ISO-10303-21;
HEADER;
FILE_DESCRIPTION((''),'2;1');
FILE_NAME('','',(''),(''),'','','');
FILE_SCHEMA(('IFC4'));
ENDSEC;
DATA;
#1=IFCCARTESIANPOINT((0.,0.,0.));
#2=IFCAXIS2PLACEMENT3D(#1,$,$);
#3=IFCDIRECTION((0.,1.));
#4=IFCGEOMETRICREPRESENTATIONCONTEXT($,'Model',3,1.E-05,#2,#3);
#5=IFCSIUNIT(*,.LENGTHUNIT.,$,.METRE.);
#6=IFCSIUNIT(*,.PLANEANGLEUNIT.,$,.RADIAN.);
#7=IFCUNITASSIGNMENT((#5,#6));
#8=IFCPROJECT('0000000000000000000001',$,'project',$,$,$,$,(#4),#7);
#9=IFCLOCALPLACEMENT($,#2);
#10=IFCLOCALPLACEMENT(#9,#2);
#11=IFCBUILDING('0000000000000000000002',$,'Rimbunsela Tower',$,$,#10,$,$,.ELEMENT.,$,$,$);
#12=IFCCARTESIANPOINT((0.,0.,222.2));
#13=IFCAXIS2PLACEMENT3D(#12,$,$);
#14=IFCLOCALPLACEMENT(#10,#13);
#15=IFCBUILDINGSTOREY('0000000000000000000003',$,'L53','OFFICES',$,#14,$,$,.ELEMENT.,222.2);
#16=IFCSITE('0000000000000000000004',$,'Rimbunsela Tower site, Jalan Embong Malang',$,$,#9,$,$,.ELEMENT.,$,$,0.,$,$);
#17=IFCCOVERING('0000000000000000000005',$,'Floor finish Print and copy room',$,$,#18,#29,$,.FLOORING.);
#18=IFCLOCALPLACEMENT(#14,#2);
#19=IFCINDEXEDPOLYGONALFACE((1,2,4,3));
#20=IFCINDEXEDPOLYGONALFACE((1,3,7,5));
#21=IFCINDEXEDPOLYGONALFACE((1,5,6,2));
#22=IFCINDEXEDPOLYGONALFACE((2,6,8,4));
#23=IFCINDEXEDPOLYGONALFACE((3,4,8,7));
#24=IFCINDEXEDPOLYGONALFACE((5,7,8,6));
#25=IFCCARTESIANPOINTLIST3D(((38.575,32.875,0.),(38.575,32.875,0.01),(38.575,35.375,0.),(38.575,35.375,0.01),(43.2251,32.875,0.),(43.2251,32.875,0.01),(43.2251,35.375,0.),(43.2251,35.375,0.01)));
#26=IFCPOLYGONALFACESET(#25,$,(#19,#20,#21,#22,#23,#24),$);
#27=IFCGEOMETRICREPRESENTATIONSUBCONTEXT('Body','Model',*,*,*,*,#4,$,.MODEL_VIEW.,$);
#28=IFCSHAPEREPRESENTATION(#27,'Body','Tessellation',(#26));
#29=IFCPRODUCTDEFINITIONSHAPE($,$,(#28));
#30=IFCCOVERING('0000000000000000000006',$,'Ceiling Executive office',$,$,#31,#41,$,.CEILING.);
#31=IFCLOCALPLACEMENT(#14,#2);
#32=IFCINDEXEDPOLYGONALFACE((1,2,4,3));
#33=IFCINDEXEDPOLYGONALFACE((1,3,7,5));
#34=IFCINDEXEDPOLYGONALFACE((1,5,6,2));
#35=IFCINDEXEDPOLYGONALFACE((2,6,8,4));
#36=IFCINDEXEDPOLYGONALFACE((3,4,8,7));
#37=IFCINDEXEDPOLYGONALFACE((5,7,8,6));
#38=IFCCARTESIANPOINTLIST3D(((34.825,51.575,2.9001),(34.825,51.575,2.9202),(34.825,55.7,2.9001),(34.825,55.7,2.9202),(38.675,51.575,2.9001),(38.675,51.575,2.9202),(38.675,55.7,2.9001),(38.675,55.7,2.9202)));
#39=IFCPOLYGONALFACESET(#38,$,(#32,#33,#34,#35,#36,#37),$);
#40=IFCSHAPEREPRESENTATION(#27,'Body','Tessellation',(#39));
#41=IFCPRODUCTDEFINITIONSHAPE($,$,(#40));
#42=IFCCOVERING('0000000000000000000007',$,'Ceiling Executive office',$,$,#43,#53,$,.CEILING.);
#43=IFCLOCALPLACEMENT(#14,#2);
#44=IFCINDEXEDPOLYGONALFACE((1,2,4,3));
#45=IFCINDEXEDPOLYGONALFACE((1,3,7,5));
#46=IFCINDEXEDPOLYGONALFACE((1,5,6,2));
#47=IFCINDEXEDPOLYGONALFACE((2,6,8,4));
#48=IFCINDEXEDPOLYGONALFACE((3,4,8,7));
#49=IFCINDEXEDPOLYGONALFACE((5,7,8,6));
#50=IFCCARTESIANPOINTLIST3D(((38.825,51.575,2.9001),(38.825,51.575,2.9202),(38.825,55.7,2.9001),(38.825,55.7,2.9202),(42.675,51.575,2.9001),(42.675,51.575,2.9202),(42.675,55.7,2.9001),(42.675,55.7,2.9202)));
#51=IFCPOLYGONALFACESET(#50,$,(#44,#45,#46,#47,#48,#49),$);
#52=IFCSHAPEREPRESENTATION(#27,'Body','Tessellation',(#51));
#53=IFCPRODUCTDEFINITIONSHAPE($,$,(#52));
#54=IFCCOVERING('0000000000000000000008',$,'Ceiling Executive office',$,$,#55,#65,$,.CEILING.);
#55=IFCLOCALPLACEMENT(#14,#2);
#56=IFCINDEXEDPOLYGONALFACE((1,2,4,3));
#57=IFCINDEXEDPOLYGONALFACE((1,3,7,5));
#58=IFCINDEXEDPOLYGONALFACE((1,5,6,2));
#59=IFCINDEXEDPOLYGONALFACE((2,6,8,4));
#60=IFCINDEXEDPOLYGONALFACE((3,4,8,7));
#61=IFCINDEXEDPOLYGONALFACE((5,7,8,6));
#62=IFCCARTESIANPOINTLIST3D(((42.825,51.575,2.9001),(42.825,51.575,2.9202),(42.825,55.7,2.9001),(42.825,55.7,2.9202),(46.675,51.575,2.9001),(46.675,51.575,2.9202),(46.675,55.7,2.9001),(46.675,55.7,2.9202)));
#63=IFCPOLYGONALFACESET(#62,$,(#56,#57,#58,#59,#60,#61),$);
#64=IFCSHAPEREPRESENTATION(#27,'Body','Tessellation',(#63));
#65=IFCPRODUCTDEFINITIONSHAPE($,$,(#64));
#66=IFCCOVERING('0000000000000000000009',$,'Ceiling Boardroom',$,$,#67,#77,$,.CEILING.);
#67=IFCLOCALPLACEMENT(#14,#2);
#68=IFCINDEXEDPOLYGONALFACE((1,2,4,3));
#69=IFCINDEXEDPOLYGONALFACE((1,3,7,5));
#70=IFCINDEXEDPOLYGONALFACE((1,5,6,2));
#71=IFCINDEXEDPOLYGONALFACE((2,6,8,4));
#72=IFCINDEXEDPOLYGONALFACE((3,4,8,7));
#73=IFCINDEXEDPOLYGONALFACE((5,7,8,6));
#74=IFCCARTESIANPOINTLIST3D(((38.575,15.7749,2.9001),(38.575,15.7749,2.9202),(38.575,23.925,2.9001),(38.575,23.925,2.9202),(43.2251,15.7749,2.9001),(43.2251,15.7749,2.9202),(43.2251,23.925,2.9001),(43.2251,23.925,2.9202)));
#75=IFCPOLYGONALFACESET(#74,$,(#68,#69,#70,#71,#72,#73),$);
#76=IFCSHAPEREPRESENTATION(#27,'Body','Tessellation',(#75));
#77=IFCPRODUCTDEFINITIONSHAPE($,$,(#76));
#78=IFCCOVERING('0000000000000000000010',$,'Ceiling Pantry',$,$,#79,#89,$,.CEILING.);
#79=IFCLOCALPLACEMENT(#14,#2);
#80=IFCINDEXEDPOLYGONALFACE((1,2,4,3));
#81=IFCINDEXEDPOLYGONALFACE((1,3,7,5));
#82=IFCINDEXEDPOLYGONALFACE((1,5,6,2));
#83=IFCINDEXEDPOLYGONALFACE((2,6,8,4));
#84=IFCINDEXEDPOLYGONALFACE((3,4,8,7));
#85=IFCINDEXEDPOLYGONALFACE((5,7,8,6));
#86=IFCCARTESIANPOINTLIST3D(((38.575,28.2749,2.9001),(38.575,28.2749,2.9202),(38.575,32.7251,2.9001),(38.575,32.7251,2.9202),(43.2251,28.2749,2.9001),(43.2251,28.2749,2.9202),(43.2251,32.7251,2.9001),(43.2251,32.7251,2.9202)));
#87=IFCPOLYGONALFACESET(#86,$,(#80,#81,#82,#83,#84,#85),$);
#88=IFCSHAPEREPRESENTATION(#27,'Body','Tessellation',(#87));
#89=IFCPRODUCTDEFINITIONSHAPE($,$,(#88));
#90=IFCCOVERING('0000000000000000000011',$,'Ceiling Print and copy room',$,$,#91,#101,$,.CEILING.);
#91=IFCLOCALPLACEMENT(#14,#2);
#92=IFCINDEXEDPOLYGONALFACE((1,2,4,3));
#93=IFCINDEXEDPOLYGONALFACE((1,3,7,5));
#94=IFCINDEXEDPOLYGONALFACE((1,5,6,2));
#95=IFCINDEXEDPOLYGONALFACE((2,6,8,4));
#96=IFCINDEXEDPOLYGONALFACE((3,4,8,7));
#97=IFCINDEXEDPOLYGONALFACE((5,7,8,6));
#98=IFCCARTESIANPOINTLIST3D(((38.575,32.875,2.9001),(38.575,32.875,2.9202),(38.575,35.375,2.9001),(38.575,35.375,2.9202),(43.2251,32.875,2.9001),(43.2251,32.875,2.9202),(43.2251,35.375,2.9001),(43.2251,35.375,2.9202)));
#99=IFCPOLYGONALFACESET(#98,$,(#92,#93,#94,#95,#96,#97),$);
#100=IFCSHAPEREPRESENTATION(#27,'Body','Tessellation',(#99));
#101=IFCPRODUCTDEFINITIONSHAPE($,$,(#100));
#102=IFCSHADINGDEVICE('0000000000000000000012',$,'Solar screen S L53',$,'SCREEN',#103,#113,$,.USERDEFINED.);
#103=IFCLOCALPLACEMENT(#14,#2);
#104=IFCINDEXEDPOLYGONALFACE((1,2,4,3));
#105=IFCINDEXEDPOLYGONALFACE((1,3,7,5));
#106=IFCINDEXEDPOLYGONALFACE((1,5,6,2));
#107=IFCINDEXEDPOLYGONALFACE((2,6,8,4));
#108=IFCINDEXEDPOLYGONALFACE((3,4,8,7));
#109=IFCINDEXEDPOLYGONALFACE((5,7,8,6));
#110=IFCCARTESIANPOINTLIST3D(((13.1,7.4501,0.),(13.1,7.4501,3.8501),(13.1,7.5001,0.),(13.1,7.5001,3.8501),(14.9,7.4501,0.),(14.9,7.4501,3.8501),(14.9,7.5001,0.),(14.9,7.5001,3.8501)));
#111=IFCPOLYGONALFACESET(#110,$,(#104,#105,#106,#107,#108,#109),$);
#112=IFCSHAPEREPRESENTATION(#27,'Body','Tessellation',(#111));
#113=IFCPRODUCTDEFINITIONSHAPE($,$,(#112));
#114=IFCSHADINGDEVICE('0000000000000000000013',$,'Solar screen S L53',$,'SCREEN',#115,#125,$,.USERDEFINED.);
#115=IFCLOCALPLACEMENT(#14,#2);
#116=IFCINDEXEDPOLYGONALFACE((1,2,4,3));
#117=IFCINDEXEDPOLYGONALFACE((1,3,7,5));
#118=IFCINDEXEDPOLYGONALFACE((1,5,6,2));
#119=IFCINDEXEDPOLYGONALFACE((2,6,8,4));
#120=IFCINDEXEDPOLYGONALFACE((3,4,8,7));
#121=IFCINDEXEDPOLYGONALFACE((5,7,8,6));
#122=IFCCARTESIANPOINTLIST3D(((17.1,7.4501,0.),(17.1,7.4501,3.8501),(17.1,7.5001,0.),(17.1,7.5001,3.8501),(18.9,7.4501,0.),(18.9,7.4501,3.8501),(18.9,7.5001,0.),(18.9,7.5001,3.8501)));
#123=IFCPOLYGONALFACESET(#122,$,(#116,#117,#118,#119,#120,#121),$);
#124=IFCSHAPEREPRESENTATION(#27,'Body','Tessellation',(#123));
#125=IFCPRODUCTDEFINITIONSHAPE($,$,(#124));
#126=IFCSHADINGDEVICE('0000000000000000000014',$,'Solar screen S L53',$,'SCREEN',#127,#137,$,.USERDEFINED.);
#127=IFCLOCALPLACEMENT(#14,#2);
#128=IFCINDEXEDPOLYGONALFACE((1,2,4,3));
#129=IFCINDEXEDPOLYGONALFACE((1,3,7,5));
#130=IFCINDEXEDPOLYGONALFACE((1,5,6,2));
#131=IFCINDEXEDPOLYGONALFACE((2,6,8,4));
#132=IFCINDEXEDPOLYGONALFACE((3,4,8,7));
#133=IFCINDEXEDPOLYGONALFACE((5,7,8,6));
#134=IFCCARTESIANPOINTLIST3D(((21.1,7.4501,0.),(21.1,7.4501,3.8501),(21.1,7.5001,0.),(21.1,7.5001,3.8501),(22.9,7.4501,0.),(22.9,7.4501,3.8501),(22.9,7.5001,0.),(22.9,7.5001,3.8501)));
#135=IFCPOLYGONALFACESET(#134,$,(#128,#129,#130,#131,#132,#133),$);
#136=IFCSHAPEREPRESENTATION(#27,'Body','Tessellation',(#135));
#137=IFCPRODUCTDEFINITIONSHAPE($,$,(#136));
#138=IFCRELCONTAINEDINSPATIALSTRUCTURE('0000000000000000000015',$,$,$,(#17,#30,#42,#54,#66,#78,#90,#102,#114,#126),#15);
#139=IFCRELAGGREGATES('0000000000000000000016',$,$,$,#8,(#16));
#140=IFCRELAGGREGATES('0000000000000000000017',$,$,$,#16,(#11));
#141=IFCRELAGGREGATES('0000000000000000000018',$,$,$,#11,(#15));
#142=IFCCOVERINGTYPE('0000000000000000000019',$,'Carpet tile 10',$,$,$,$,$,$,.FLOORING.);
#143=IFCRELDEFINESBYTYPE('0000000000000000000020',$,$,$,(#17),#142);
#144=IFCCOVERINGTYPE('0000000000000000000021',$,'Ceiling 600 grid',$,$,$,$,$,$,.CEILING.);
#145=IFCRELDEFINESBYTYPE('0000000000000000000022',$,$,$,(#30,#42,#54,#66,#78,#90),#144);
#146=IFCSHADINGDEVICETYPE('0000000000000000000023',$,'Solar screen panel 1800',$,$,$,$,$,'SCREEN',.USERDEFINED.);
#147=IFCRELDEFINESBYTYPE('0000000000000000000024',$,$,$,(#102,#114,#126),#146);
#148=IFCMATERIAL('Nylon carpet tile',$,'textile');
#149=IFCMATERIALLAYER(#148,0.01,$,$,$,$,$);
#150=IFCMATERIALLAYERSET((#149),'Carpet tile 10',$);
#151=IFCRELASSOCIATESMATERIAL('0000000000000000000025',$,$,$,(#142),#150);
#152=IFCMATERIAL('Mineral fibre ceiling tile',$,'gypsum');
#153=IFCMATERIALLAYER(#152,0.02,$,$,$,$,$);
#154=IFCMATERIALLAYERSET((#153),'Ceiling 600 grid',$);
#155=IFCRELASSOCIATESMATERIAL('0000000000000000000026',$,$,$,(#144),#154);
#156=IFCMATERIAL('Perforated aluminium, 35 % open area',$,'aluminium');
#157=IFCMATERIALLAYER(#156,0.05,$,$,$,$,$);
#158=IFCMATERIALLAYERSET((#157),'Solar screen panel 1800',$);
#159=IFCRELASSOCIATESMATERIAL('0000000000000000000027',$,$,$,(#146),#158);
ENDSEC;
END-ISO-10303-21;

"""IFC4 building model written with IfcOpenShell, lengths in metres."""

from ifc_helpers import new_model, si_unit, direction, frame, origin, origin_2d, place, context, subcontext, project, spatial, polyline, rectangle, outline, extrude, material, layer, layer_set, type_object, element, save


model = new_model("IFC4")

# Units and contexts
model_context = context("Model", 3, precision=1e-05, world=origin(), true_north=direction((0.0, 1.0)))
body_context = subcontext(model_context, "Body", "Model", "MODEL_VIEW")
ifc_project = project(units=[si_unit("LENGTHUNIT", "METRE"), si_unit("PLANEANGLEUNIT", "RADIAN")], contexts=[model_context])

# Site, building, storey
site_placement = place(None, origin())
site = spatial("IfcSite", under=ifc_project, at=site_placement, Name="Rimbunsela Tower site, Jalan Embong Malang", CompositionType="ELEMENT", RefElevation=0.0)
building_placement = place(site_placement, origin())
building = spatial("IfcBuilding", under=site, at=building_placement, Name="Rimbunsela Tower", CompositionType="ELEMENT")
storey_placement = place(building_placement, frame((0.0, 0.0, 222.2)))
storey = spatial("IfcBuildingStorey", under=building, at=storey_placement, Name="L53", Description="OFFICES", CompositionType="ELEMENT", Elevation=222.2)

# Coverings
ifc_material_1 = material(Name="Nylon carpet tile", Category="textile")
ifc_layer_1 = layer(ifc_material_1, 0.01)
ifc_layer_set_1 = layer_set([ifc_layer_1], Name="Carpet tile 10")
covering_type_1 = type_object("IfcCoveringType", Name="Carpet tile 10", PredefinedType="FLOORING", material=ifc_layer_set_1)
covering_1_placement = place(storey_placement, origin())
element("IfcCovering", 1, at=covering_1_placement, inside=storey, type_object=covering_type_1, Name="Floor finish Print and copy room", PredefinedType="FLOORING", context=body_context, shape_type="SweptSolid", body=[
    extrude(outline(polyline([(43.2251, 32.875), (43.2251, 35.375), (38.575, 35.375), (38.575, 32.875), (43.2251, 32.875)])), origin(), (0.0, 0.0, 1.0), 0.01),
])
ifc_material_2 = material(Name="Mineral fibre ceiling tile", Category="gypsum")
ifc_layer_2 = layer(ifc_material_2, 0.02)
ifc_layer_set_2 = layer_set([ifc_layer_2], Name="Ceiling 600 grid")
covering_type_2 = type_object("IfcCoveringType", Name="Ceiling 600 grid", PredefinedType="CEILING", material=ifc_layer_set_2)
covering_2_placement = place(storey_placement, frame((0.0, 0.0, 2.9001)))
element("IfcCovering", 2, at=covering_2_placement, inside=storey, type_object=covering_type_2, Name="Ceiling Executive office", PredefinedType="CEILING", context=body_context, shape_type="SweptSolid", body=[
    extrude(outline(polyline([(38.675, 51.575), (38.675, 55.7), (34.825, 55.7), (34.825, 51.575), (38.675, 51.575)])), origin(), (0.0, 0.0, 1.0), 0.02),
])
covering_3_placement = place(storey_placement, frame((0.0, 0.0, 2.9001)))
element("IfcCovering", 3, at=covering_3_placement, inside=storey, type_object=covering_type_2, Name="Ceiling Executive office", PredefinedType="CEILING", context=body_context, shape_type="SweptSolid", body=[
    extrude(outline(polyline([(42.675, 51.575), (42.675, 55.7), (38.825, 55.7), (38.825, 51.575), (42.675, 51.575)])), origin(), (0.0, 0.0, 1.0), 0.02),
])
covering_4_placement = place(storey_placement, frame((0.0, 0.0, 2.9001)))
element("IfcCovering", 4, at=covering_4_placement, inside=storey, type_object=covering_type_2, Name="Ceiling Executive office", PredefinedType="CEILING", context=body_context, shape_type="SweptSolid", body=[
    extrude(outline(polyline([(46.675, 51.575), (46.675, 55.7), (42.825, 55.7), (42.825, 51.575), (46.675, 51.575)])), origin(), (0.0, 0.0, 1.0), 0.02),
])
covering_5_placement = place(storey_placement, frame((0.0, 0.0, 2.9001)))
element("IfcCovering", 5, at=covering_5_placement, inside=storey, type_object=covering_type_2, Name="Ceiling Boardroom", PredefinedType="CEILING", context=body_context, shape_type="SweptSolid", body=[
    extrude(outline(polyline([(43.2251, 15.7749), (43.2251, 23.925), (38.575, 23.925), (38.575, 15.7749), (43.2251, 15.7749)])), origin(), (0.0, 0.0, 1.0), 0.02),
])
covering_6_placement = place(storey_placement, frame((0.0, 0.0, 2.9001)))
element("IfcCovering", 6, at=covering_6_placement, inside=storey, type_object=covering_type_2, Name="Ceiling Pantry", PredefinedType="CEILING", context=body_context, shape_type="SweptSolid", body=[
    extrude(outline(polyline([(43.2251, 28.2749), (43.2251, 32.7251), (38.575, 32.7251), (38.575, 28.2749), (43.2251, 28.2749)])), origin(), (0.0, 0.0, 1.0), 0.02),
])
covering_7_placement = place(storey_placement, frame((0.0, 0.0, 2.9001)))
element("IfcCovering", 7, at=covering_7_placement, inside=storey, type_object=covering_type_2, Name="Ceiling Print and copy room", PredefinedType="CEILING", context=body_context, shape_type="SweptSolid", body=[
    extrude(outline(polyline([(43.2251, 32.875), (43.2251, 35.375), (38.575, 35.375), (38.575, 32.875), (43.2251, 32.875)])), origin(), (0.0, 0.0, 1.0), 0.02),
])

# Shading devices
ifc_material_3 = material(Name="Perforated aluminium, 35 % open area", Category="aluminium")
ifc_layer_3 = layer(ifc_material_3, 0.05)
ifc_layer_set_3 = layer_set([ifc_layer_3], Name="Solar screen panel 1800")
shading_device_type = type_object("IfcShadingDeviceType", Name="Solar screen panel 1800", ElementType="SCREEN", PredefinedType="USERDEFINED", material=ifc_layer_set_3)
for number, where, z_axis, x_axis, name in (
    (8, (14.0, 7.4751, 0.0), (0.0, 0.0, 1.0), (1.0, 0.0, 0.0), "Solar screen S L53"),
    (9, (18.0, 7.4751, 0.0), (0.0, 0.0, 1.0), (1.0, 0.0, 0.0), "Solar screen S L53"),
    (10, (22.0, 7.4751, 0.0), (0.0, 0.0, 1.0), (1.0, 0.0, 0.0), "Solar screen S L53"),
):
    element("IfcShadingDevice", number, at=place(storey_placement, frame(where, z_axis=z_axis, x_axis=x_axis)), inside=storey, type_object=shading_device_type, Name=name, ObjectType="SCREEN", PredefinedType="USERDEFINED", context=body_context, shape_type="SweptSolid", body=[
        extrude(rectangle(XDim=1.8, YDim=0.05, at=origin_2d()), origin(), (0.0, 0.0, 1.0), 3.8501),
    ])

save(model, "model.ifc")
